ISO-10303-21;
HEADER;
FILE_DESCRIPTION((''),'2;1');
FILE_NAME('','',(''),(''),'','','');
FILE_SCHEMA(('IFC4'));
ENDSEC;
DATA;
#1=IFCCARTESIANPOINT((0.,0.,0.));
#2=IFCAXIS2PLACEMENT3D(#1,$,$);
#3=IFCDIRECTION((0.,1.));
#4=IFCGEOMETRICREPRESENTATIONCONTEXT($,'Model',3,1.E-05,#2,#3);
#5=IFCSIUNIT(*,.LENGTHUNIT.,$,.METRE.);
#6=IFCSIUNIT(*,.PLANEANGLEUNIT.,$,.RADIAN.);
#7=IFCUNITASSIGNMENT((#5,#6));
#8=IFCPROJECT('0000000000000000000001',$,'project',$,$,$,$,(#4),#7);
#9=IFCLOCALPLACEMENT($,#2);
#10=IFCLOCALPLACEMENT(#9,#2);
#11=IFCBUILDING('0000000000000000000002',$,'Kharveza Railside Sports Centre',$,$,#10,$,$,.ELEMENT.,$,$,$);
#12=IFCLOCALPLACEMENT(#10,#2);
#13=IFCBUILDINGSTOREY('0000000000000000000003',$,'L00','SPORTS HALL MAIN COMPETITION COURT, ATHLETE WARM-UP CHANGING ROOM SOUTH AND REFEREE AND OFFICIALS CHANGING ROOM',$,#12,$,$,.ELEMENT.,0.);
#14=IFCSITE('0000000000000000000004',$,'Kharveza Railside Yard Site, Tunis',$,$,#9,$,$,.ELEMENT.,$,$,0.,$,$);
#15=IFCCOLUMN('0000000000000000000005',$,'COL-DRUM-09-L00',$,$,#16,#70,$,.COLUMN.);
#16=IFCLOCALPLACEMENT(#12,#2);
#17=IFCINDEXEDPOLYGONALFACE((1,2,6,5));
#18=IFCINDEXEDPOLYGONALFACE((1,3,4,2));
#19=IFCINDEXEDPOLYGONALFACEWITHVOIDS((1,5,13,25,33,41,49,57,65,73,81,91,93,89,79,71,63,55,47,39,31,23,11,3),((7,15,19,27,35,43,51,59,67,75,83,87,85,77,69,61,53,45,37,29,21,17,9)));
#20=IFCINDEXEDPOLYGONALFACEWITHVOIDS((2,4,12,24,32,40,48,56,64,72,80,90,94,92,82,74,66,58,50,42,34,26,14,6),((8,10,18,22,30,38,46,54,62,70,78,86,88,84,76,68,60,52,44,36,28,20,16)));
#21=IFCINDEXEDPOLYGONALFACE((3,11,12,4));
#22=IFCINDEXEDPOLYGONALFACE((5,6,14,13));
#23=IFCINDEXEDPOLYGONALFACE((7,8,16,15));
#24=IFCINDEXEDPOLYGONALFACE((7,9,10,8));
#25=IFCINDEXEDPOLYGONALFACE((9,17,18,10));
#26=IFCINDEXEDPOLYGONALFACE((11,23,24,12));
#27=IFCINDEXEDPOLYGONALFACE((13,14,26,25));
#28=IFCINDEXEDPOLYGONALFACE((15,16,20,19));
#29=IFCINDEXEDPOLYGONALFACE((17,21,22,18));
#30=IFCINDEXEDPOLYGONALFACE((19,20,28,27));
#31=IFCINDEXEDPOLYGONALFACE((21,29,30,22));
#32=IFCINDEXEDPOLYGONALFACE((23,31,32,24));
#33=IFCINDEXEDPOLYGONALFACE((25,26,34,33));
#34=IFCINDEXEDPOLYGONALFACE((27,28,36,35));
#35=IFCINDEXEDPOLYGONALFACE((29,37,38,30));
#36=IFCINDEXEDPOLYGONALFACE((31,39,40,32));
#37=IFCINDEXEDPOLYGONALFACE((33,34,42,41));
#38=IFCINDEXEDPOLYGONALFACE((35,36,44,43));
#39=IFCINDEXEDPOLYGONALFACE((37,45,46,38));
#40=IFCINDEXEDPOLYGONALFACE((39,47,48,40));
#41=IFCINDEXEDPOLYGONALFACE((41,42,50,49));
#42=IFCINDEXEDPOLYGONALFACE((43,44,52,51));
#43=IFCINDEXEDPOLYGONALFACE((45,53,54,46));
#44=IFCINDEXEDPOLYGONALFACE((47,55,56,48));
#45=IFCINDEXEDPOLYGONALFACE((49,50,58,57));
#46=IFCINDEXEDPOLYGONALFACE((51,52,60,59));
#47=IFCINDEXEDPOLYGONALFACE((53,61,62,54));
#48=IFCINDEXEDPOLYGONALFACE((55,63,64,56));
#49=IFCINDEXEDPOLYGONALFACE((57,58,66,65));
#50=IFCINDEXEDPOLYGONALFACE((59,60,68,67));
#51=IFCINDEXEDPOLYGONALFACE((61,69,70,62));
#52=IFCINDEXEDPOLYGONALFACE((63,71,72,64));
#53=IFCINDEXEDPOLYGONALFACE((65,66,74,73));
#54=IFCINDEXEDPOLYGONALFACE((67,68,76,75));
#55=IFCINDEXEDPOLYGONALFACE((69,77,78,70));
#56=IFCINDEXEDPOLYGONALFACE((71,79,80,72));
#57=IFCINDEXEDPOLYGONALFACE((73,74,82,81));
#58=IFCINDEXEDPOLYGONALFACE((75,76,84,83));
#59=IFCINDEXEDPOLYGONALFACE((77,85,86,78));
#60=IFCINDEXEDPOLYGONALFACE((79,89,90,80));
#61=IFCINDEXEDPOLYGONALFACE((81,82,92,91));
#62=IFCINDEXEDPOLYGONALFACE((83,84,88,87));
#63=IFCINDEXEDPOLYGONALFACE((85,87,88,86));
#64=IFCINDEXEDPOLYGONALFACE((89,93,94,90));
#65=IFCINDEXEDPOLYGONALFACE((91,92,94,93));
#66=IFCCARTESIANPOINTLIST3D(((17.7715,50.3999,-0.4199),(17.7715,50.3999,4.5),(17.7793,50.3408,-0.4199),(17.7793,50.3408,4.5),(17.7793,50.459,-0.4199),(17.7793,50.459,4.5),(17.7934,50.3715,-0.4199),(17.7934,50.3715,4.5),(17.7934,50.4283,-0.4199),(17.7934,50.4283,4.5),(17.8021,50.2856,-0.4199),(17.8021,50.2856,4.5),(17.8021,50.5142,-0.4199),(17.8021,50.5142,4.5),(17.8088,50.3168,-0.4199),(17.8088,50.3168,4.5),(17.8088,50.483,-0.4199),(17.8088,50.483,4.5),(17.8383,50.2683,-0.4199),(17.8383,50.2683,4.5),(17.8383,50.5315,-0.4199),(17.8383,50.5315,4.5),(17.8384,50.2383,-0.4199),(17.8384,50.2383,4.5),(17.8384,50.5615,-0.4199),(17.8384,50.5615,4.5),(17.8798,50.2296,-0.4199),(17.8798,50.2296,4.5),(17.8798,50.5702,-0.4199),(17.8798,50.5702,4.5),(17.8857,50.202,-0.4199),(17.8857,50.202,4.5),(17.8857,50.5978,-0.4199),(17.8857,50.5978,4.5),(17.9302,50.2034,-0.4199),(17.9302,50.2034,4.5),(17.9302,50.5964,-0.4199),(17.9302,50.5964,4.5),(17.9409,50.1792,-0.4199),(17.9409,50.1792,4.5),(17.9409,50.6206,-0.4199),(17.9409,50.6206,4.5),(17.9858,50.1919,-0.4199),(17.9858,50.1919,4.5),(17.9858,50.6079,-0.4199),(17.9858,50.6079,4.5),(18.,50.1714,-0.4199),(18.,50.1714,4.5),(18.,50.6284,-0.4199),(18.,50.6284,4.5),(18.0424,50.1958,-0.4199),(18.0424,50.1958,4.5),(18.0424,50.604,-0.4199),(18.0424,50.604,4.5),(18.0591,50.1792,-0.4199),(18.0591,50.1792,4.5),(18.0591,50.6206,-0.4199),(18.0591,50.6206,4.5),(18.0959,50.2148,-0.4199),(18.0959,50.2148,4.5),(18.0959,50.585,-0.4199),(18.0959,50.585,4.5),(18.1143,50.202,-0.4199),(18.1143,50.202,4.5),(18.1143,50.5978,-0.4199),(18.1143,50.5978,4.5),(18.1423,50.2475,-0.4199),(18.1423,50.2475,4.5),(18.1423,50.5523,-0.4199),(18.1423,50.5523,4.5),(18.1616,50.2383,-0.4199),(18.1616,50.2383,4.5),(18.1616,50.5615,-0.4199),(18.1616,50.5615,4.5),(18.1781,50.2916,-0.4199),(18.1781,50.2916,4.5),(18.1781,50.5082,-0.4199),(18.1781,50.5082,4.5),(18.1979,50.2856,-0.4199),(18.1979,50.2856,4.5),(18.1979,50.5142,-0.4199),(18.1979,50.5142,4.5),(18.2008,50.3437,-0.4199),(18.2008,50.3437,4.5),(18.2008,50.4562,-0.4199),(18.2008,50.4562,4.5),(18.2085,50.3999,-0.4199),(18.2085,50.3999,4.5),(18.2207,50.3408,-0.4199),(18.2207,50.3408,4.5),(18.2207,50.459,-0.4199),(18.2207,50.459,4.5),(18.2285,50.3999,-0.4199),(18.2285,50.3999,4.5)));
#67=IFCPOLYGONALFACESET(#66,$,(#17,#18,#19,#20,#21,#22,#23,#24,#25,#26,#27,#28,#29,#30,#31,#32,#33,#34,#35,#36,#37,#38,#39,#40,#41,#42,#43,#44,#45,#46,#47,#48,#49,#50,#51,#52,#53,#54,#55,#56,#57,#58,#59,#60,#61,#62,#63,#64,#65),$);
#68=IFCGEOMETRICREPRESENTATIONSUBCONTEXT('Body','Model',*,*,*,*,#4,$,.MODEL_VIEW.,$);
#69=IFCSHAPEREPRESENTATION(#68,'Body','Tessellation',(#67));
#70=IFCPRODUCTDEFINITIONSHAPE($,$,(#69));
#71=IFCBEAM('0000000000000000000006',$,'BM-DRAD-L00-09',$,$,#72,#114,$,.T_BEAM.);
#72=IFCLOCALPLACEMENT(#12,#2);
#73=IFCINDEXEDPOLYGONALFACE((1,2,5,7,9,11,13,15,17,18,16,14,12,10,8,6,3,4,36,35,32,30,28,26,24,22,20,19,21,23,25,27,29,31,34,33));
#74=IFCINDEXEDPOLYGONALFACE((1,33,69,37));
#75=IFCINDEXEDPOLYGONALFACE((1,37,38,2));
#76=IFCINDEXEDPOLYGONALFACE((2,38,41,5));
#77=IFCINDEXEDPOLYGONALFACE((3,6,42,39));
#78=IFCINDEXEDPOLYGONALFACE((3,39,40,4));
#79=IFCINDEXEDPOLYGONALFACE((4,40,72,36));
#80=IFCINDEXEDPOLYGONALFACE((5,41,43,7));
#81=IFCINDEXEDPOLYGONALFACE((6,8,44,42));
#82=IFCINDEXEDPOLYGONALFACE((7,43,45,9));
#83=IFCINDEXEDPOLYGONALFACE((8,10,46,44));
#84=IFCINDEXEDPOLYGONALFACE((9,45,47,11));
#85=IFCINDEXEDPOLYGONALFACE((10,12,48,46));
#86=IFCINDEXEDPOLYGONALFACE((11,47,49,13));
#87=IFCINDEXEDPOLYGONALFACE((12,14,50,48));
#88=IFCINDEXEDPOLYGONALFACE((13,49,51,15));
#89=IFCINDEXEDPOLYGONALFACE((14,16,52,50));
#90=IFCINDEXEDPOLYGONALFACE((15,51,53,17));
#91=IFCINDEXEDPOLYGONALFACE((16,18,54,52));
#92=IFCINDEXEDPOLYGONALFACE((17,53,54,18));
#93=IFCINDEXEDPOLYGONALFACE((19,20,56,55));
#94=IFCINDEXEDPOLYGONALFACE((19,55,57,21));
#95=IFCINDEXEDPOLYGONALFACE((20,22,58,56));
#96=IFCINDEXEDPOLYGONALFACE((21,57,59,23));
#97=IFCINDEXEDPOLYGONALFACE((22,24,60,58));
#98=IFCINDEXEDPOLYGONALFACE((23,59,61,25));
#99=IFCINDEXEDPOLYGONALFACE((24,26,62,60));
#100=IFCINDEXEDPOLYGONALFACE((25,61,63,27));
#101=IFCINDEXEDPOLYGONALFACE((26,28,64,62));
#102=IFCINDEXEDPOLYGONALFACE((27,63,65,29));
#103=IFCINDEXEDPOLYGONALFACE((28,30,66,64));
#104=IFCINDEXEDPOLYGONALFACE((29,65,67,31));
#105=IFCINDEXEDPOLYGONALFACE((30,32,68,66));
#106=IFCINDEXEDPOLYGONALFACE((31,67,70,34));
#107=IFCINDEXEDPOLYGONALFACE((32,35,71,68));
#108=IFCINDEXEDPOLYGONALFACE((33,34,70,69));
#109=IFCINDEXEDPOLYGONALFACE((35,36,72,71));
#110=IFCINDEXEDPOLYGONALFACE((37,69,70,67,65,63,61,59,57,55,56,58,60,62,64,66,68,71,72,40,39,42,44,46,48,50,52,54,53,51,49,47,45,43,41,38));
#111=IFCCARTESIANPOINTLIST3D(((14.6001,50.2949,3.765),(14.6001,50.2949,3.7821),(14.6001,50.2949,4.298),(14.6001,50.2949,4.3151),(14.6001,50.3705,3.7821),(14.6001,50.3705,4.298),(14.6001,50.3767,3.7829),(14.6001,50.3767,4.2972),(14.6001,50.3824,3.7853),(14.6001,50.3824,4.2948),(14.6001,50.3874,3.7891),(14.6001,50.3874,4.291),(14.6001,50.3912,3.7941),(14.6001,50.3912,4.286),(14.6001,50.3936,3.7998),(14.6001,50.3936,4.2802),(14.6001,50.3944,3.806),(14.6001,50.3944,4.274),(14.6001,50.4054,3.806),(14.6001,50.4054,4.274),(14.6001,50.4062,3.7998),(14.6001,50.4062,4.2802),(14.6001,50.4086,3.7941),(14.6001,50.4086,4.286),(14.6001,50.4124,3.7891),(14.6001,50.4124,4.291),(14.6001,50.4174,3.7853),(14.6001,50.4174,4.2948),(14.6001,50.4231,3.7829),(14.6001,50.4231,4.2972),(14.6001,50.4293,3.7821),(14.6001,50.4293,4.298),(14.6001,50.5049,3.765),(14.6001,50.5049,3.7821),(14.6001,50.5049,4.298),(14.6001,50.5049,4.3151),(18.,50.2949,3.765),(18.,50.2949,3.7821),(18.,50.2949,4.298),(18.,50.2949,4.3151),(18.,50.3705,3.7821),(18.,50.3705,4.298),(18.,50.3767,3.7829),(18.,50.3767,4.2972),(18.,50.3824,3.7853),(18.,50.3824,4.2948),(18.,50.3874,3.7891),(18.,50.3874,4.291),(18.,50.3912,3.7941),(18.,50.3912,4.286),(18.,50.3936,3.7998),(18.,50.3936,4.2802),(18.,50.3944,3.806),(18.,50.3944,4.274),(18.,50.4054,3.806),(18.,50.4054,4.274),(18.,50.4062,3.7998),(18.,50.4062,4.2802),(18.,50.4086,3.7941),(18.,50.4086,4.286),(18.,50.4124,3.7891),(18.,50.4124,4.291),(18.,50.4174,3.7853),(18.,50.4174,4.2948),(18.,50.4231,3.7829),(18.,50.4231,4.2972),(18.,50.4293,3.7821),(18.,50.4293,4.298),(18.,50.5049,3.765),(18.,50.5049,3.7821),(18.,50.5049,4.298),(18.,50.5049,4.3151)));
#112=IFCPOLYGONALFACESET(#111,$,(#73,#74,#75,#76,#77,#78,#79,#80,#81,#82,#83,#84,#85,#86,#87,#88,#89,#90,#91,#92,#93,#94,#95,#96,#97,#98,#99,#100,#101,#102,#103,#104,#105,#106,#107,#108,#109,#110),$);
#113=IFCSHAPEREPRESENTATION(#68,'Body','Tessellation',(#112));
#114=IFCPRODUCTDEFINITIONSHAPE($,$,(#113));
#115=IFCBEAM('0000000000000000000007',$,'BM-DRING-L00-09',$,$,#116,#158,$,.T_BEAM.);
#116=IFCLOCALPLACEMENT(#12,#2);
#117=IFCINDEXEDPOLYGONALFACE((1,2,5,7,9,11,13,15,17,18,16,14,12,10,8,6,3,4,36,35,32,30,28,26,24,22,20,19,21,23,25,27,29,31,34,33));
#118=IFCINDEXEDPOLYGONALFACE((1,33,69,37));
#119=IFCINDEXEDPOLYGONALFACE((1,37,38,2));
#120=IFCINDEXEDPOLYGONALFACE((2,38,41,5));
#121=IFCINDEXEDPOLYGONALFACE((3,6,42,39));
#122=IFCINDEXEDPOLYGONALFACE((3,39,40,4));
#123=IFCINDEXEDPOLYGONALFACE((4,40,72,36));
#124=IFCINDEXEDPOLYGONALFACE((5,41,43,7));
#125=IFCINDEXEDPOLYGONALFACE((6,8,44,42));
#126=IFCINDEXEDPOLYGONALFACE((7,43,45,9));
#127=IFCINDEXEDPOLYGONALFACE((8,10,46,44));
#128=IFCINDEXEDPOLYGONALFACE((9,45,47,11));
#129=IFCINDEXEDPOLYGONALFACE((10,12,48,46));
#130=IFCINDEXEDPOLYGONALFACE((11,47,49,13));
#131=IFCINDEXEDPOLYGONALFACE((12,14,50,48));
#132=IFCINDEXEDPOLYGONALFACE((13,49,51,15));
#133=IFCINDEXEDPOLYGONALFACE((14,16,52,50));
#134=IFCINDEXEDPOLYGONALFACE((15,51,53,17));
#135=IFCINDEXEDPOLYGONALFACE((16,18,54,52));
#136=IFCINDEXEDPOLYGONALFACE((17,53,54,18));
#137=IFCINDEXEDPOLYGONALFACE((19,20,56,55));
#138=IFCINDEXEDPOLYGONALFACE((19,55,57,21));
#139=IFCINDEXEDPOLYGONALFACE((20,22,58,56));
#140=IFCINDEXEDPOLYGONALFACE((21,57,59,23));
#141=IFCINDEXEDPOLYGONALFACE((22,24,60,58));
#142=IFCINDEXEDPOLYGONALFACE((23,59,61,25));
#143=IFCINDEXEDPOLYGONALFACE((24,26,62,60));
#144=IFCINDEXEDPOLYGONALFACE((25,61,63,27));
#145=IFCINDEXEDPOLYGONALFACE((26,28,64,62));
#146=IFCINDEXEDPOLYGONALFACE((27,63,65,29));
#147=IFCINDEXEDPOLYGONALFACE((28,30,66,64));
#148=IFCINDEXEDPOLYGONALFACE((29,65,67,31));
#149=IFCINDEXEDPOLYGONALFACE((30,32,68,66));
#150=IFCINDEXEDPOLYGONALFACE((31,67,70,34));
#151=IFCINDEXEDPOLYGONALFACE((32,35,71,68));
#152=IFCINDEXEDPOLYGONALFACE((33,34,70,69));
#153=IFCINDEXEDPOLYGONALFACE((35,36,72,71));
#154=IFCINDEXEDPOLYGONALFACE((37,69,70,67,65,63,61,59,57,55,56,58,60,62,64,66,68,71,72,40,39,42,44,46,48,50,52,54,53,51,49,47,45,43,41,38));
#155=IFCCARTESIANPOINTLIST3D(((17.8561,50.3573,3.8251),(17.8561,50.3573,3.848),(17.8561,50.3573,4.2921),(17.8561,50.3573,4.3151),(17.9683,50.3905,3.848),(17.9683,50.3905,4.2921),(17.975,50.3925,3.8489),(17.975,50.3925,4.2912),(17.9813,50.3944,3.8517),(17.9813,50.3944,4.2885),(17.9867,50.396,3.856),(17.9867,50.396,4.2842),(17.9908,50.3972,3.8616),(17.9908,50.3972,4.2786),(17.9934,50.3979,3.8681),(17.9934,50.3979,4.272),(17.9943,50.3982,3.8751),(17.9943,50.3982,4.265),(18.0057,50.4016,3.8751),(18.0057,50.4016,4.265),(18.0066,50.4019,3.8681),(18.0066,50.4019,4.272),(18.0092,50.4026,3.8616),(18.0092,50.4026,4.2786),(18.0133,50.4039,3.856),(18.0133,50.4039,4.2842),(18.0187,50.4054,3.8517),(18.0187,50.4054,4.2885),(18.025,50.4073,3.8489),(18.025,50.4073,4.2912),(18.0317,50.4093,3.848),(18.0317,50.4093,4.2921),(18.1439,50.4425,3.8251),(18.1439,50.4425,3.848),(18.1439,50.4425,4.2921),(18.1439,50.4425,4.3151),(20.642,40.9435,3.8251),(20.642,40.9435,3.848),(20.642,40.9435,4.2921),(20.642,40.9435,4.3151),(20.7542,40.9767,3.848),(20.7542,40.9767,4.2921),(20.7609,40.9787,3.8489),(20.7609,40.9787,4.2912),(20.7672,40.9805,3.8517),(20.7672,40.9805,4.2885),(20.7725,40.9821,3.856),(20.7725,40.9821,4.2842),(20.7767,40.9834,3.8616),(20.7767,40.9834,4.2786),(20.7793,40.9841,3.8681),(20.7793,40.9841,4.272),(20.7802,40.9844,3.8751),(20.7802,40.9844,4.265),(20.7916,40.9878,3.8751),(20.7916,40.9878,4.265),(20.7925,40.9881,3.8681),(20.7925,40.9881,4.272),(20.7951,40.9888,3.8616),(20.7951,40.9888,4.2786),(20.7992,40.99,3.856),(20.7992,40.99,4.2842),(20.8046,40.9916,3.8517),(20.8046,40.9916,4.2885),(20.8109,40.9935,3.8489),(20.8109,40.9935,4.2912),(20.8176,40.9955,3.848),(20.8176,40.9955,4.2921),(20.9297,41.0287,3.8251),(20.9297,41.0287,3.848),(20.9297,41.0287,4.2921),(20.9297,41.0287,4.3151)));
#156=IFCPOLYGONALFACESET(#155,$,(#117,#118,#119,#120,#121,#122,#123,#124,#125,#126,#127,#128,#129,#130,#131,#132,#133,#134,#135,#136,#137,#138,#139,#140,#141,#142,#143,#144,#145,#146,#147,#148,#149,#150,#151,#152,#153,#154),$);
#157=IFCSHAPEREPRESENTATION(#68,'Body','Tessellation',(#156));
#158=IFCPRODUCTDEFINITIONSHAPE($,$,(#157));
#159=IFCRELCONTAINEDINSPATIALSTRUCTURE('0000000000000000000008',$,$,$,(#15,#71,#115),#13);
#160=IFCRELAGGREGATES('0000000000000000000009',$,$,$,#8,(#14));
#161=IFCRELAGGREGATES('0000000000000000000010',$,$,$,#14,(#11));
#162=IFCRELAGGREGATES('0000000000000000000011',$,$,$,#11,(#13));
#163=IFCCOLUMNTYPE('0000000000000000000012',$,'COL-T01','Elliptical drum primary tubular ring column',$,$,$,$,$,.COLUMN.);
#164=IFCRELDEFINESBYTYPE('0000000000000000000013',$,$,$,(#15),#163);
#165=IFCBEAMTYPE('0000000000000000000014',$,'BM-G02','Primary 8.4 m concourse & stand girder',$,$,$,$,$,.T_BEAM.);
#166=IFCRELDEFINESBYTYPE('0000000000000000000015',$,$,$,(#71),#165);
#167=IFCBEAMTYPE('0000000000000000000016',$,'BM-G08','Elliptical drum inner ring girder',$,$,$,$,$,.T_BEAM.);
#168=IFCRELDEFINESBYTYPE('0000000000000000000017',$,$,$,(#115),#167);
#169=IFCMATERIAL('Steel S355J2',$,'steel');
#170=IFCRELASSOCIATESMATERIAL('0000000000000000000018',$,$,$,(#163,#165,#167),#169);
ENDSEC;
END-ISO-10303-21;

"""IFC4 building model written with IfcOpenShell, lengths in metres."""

from ifc_helpers import new_model, si_unit, direction, frame, origin, origin_2d, place, context, subcontext, project, spatial, hollow_circle, i_section, extrude, material, material_profile, profile_set, type_object, element, save


model = new_model("IFC4")

# Units and contexts
model_context = context("Model", 3, precision=1e-05, world=origin(), true_north=direction((0.0, 1.0)))
body_context = subcontext(model_context, "Body", "Model", "MODEL_VIEW")
ifc_project = project(units=[si_unit("LENGTHUNIT", "METRE"), si_unit("PLANEANGLEUNIT", "RADIAN")], contexts=[model_context])

# Site, building, storey
site_placement = place(None, origin())
site = spatial("IfcSite", under=ifc_project, at=site_placement, Name="Kharveza Railside Yard Site, Tunis", CompositionType="ELEMENT", RefElevation=0.0)
building_placement = place(site_placement, origin())
building = spatial("IfcBuilding", under=site, at=building_placement, Name="Kharveza Railside Sports Centre", CompositionType="ELEMENT")
storey_placement = place(building_placement, origin())
storey = spatial("IfcBuildingStorey", under=building, at=storey_placement, Name="L00", Description="SPORTS HALL MAIN COMPETITION COURT, ATHLETE WARM-UP CHANGING ROOM SOUTH AND REFEREE AND OFFICIALS CHANGING ROOM", CompositionType="ELEMENT", Elevation=0.0)

# Column
ifc_material_1 = material(Name="Steel S355J2", Category="steel")
ifc_material_profile_1 = material_profile(ifc_material_1, hollow_circle(Radius=0.2285, WallThickness=0.02, at=origin_2d()), Name="CHS 457.0x20.0")
ifc_profile_set_1 = profile_set([ifc_material_profile_1], Name="Steel S355J2")
column_type_1 = type_object("IfcColumnType", Name="COL-T01", Description="Elliptical drum primary tubular ring column", PredefinedType="COLUMN", material=ifc_profile_set_1)
column_1_placement = place(storey_placement, frame((18.0, 50.3999, -0.4199), z_axis=(0.0, 0.0, 1.0), x_axis=(1.0, 0.0, 0.0)))
element("IfcColumn", 1, at=column_1_placement, inside=storey, type_object=column_type_1, Name="COL-DRUM-09-L00", PredefinedType="COLUMN", context=body_context, shape_type="SweptSolid", body=[
    extrude(hollow_circle(Radius=0.2285, WallThickness=0.02, at=origin_2d()), origin(), (0.0, 0.0, 1.0), 4.9199),
])

# Beams
ifc_material_profile_2 = material_profile(ifc_material_1, i_section(OverallWidth=0.21, OverallDepth=0.55, WebThickness=0.011, FlangeThickness=0.0171, FilletRadius=0.0239, at=origin_2d()), Name="IPE 550")
ifc_profile_set_2 = profile_set([ifc_material_profile_2], Name="Steel S355J2")
beam_type_1 = type_object("IfcBeamType", Name="BM-G02", Description="Primary 8.4 m concourse & stand girder", PredefinedType="T_BEAM", material=ifc_profile_set_2)
beam_1_placement = place(storey_placement, frame((18.0, 50.3999, 4.04), z_axis=(-1.0, 0.0, 0.0), x_axis=(0.0, -1.0, 0.0)))
element("IfcBeam", 2, at=beam_1_placement, inside=storey, type_object=beam_type_1, Name="BM-DRAD-L00-09", PredefinedType="T_BEAM", context=body_context, shape_type="SweptSolid", body=[
    extrude(i_section(OverallWidth=0.21, OverallDepth=0.55, WebThickness=0.011, FlangeThickness=0.0171, FilletRadius=0.0239, at=origin_2d()), origin(), (0.0, 0.0, 1.0), 3.3999),
])
ifc_material_profile_3 = material_profile(ifc_material_1, i_section(OverallWidth=0.3, OverallDepth=0.49, WebThickness=0.012, FlangeThickness=0.0229, FilletRadius=0.0271, at=origin_2d()), Name="HEA 500")
ifc_profile_set_3 = profile_set([ifc_material_profile_3], Name="Steel S355J2")
beam_type_2 = type_object("IfcBeamType", Name="BM-G08", Description="Elliptical drum inner ring girder", PredefinedType="T_BEAM", material=ifc_profile_set_3)
beam_2_placement = place(storey_placement, frame((18.0, 50.3999, 4.0701), z_axis=(0.283771, -0.958892, 0.0), x_axis=(0.958892, 0.283771, 0.0)))
element("IfcBeam", 3, at=beam_2_placement, inside=storey, type_object=beam_type_2, Name="BM-DRING-L00-09", PredefinedType="T_BEAM", context=body_context, shape_type="SweptSolid", body=[
    extrude(i_section(OverallWidth=0.3, OverallDepth=0.49, WebThickness=0.012, FlangeThickness=0.0229, FilletRadius=0.0271, at=origin_2d()), origin(), (0.0, 0.0, 1.0), 9.8174),
])

save(model, "model.ifc")
